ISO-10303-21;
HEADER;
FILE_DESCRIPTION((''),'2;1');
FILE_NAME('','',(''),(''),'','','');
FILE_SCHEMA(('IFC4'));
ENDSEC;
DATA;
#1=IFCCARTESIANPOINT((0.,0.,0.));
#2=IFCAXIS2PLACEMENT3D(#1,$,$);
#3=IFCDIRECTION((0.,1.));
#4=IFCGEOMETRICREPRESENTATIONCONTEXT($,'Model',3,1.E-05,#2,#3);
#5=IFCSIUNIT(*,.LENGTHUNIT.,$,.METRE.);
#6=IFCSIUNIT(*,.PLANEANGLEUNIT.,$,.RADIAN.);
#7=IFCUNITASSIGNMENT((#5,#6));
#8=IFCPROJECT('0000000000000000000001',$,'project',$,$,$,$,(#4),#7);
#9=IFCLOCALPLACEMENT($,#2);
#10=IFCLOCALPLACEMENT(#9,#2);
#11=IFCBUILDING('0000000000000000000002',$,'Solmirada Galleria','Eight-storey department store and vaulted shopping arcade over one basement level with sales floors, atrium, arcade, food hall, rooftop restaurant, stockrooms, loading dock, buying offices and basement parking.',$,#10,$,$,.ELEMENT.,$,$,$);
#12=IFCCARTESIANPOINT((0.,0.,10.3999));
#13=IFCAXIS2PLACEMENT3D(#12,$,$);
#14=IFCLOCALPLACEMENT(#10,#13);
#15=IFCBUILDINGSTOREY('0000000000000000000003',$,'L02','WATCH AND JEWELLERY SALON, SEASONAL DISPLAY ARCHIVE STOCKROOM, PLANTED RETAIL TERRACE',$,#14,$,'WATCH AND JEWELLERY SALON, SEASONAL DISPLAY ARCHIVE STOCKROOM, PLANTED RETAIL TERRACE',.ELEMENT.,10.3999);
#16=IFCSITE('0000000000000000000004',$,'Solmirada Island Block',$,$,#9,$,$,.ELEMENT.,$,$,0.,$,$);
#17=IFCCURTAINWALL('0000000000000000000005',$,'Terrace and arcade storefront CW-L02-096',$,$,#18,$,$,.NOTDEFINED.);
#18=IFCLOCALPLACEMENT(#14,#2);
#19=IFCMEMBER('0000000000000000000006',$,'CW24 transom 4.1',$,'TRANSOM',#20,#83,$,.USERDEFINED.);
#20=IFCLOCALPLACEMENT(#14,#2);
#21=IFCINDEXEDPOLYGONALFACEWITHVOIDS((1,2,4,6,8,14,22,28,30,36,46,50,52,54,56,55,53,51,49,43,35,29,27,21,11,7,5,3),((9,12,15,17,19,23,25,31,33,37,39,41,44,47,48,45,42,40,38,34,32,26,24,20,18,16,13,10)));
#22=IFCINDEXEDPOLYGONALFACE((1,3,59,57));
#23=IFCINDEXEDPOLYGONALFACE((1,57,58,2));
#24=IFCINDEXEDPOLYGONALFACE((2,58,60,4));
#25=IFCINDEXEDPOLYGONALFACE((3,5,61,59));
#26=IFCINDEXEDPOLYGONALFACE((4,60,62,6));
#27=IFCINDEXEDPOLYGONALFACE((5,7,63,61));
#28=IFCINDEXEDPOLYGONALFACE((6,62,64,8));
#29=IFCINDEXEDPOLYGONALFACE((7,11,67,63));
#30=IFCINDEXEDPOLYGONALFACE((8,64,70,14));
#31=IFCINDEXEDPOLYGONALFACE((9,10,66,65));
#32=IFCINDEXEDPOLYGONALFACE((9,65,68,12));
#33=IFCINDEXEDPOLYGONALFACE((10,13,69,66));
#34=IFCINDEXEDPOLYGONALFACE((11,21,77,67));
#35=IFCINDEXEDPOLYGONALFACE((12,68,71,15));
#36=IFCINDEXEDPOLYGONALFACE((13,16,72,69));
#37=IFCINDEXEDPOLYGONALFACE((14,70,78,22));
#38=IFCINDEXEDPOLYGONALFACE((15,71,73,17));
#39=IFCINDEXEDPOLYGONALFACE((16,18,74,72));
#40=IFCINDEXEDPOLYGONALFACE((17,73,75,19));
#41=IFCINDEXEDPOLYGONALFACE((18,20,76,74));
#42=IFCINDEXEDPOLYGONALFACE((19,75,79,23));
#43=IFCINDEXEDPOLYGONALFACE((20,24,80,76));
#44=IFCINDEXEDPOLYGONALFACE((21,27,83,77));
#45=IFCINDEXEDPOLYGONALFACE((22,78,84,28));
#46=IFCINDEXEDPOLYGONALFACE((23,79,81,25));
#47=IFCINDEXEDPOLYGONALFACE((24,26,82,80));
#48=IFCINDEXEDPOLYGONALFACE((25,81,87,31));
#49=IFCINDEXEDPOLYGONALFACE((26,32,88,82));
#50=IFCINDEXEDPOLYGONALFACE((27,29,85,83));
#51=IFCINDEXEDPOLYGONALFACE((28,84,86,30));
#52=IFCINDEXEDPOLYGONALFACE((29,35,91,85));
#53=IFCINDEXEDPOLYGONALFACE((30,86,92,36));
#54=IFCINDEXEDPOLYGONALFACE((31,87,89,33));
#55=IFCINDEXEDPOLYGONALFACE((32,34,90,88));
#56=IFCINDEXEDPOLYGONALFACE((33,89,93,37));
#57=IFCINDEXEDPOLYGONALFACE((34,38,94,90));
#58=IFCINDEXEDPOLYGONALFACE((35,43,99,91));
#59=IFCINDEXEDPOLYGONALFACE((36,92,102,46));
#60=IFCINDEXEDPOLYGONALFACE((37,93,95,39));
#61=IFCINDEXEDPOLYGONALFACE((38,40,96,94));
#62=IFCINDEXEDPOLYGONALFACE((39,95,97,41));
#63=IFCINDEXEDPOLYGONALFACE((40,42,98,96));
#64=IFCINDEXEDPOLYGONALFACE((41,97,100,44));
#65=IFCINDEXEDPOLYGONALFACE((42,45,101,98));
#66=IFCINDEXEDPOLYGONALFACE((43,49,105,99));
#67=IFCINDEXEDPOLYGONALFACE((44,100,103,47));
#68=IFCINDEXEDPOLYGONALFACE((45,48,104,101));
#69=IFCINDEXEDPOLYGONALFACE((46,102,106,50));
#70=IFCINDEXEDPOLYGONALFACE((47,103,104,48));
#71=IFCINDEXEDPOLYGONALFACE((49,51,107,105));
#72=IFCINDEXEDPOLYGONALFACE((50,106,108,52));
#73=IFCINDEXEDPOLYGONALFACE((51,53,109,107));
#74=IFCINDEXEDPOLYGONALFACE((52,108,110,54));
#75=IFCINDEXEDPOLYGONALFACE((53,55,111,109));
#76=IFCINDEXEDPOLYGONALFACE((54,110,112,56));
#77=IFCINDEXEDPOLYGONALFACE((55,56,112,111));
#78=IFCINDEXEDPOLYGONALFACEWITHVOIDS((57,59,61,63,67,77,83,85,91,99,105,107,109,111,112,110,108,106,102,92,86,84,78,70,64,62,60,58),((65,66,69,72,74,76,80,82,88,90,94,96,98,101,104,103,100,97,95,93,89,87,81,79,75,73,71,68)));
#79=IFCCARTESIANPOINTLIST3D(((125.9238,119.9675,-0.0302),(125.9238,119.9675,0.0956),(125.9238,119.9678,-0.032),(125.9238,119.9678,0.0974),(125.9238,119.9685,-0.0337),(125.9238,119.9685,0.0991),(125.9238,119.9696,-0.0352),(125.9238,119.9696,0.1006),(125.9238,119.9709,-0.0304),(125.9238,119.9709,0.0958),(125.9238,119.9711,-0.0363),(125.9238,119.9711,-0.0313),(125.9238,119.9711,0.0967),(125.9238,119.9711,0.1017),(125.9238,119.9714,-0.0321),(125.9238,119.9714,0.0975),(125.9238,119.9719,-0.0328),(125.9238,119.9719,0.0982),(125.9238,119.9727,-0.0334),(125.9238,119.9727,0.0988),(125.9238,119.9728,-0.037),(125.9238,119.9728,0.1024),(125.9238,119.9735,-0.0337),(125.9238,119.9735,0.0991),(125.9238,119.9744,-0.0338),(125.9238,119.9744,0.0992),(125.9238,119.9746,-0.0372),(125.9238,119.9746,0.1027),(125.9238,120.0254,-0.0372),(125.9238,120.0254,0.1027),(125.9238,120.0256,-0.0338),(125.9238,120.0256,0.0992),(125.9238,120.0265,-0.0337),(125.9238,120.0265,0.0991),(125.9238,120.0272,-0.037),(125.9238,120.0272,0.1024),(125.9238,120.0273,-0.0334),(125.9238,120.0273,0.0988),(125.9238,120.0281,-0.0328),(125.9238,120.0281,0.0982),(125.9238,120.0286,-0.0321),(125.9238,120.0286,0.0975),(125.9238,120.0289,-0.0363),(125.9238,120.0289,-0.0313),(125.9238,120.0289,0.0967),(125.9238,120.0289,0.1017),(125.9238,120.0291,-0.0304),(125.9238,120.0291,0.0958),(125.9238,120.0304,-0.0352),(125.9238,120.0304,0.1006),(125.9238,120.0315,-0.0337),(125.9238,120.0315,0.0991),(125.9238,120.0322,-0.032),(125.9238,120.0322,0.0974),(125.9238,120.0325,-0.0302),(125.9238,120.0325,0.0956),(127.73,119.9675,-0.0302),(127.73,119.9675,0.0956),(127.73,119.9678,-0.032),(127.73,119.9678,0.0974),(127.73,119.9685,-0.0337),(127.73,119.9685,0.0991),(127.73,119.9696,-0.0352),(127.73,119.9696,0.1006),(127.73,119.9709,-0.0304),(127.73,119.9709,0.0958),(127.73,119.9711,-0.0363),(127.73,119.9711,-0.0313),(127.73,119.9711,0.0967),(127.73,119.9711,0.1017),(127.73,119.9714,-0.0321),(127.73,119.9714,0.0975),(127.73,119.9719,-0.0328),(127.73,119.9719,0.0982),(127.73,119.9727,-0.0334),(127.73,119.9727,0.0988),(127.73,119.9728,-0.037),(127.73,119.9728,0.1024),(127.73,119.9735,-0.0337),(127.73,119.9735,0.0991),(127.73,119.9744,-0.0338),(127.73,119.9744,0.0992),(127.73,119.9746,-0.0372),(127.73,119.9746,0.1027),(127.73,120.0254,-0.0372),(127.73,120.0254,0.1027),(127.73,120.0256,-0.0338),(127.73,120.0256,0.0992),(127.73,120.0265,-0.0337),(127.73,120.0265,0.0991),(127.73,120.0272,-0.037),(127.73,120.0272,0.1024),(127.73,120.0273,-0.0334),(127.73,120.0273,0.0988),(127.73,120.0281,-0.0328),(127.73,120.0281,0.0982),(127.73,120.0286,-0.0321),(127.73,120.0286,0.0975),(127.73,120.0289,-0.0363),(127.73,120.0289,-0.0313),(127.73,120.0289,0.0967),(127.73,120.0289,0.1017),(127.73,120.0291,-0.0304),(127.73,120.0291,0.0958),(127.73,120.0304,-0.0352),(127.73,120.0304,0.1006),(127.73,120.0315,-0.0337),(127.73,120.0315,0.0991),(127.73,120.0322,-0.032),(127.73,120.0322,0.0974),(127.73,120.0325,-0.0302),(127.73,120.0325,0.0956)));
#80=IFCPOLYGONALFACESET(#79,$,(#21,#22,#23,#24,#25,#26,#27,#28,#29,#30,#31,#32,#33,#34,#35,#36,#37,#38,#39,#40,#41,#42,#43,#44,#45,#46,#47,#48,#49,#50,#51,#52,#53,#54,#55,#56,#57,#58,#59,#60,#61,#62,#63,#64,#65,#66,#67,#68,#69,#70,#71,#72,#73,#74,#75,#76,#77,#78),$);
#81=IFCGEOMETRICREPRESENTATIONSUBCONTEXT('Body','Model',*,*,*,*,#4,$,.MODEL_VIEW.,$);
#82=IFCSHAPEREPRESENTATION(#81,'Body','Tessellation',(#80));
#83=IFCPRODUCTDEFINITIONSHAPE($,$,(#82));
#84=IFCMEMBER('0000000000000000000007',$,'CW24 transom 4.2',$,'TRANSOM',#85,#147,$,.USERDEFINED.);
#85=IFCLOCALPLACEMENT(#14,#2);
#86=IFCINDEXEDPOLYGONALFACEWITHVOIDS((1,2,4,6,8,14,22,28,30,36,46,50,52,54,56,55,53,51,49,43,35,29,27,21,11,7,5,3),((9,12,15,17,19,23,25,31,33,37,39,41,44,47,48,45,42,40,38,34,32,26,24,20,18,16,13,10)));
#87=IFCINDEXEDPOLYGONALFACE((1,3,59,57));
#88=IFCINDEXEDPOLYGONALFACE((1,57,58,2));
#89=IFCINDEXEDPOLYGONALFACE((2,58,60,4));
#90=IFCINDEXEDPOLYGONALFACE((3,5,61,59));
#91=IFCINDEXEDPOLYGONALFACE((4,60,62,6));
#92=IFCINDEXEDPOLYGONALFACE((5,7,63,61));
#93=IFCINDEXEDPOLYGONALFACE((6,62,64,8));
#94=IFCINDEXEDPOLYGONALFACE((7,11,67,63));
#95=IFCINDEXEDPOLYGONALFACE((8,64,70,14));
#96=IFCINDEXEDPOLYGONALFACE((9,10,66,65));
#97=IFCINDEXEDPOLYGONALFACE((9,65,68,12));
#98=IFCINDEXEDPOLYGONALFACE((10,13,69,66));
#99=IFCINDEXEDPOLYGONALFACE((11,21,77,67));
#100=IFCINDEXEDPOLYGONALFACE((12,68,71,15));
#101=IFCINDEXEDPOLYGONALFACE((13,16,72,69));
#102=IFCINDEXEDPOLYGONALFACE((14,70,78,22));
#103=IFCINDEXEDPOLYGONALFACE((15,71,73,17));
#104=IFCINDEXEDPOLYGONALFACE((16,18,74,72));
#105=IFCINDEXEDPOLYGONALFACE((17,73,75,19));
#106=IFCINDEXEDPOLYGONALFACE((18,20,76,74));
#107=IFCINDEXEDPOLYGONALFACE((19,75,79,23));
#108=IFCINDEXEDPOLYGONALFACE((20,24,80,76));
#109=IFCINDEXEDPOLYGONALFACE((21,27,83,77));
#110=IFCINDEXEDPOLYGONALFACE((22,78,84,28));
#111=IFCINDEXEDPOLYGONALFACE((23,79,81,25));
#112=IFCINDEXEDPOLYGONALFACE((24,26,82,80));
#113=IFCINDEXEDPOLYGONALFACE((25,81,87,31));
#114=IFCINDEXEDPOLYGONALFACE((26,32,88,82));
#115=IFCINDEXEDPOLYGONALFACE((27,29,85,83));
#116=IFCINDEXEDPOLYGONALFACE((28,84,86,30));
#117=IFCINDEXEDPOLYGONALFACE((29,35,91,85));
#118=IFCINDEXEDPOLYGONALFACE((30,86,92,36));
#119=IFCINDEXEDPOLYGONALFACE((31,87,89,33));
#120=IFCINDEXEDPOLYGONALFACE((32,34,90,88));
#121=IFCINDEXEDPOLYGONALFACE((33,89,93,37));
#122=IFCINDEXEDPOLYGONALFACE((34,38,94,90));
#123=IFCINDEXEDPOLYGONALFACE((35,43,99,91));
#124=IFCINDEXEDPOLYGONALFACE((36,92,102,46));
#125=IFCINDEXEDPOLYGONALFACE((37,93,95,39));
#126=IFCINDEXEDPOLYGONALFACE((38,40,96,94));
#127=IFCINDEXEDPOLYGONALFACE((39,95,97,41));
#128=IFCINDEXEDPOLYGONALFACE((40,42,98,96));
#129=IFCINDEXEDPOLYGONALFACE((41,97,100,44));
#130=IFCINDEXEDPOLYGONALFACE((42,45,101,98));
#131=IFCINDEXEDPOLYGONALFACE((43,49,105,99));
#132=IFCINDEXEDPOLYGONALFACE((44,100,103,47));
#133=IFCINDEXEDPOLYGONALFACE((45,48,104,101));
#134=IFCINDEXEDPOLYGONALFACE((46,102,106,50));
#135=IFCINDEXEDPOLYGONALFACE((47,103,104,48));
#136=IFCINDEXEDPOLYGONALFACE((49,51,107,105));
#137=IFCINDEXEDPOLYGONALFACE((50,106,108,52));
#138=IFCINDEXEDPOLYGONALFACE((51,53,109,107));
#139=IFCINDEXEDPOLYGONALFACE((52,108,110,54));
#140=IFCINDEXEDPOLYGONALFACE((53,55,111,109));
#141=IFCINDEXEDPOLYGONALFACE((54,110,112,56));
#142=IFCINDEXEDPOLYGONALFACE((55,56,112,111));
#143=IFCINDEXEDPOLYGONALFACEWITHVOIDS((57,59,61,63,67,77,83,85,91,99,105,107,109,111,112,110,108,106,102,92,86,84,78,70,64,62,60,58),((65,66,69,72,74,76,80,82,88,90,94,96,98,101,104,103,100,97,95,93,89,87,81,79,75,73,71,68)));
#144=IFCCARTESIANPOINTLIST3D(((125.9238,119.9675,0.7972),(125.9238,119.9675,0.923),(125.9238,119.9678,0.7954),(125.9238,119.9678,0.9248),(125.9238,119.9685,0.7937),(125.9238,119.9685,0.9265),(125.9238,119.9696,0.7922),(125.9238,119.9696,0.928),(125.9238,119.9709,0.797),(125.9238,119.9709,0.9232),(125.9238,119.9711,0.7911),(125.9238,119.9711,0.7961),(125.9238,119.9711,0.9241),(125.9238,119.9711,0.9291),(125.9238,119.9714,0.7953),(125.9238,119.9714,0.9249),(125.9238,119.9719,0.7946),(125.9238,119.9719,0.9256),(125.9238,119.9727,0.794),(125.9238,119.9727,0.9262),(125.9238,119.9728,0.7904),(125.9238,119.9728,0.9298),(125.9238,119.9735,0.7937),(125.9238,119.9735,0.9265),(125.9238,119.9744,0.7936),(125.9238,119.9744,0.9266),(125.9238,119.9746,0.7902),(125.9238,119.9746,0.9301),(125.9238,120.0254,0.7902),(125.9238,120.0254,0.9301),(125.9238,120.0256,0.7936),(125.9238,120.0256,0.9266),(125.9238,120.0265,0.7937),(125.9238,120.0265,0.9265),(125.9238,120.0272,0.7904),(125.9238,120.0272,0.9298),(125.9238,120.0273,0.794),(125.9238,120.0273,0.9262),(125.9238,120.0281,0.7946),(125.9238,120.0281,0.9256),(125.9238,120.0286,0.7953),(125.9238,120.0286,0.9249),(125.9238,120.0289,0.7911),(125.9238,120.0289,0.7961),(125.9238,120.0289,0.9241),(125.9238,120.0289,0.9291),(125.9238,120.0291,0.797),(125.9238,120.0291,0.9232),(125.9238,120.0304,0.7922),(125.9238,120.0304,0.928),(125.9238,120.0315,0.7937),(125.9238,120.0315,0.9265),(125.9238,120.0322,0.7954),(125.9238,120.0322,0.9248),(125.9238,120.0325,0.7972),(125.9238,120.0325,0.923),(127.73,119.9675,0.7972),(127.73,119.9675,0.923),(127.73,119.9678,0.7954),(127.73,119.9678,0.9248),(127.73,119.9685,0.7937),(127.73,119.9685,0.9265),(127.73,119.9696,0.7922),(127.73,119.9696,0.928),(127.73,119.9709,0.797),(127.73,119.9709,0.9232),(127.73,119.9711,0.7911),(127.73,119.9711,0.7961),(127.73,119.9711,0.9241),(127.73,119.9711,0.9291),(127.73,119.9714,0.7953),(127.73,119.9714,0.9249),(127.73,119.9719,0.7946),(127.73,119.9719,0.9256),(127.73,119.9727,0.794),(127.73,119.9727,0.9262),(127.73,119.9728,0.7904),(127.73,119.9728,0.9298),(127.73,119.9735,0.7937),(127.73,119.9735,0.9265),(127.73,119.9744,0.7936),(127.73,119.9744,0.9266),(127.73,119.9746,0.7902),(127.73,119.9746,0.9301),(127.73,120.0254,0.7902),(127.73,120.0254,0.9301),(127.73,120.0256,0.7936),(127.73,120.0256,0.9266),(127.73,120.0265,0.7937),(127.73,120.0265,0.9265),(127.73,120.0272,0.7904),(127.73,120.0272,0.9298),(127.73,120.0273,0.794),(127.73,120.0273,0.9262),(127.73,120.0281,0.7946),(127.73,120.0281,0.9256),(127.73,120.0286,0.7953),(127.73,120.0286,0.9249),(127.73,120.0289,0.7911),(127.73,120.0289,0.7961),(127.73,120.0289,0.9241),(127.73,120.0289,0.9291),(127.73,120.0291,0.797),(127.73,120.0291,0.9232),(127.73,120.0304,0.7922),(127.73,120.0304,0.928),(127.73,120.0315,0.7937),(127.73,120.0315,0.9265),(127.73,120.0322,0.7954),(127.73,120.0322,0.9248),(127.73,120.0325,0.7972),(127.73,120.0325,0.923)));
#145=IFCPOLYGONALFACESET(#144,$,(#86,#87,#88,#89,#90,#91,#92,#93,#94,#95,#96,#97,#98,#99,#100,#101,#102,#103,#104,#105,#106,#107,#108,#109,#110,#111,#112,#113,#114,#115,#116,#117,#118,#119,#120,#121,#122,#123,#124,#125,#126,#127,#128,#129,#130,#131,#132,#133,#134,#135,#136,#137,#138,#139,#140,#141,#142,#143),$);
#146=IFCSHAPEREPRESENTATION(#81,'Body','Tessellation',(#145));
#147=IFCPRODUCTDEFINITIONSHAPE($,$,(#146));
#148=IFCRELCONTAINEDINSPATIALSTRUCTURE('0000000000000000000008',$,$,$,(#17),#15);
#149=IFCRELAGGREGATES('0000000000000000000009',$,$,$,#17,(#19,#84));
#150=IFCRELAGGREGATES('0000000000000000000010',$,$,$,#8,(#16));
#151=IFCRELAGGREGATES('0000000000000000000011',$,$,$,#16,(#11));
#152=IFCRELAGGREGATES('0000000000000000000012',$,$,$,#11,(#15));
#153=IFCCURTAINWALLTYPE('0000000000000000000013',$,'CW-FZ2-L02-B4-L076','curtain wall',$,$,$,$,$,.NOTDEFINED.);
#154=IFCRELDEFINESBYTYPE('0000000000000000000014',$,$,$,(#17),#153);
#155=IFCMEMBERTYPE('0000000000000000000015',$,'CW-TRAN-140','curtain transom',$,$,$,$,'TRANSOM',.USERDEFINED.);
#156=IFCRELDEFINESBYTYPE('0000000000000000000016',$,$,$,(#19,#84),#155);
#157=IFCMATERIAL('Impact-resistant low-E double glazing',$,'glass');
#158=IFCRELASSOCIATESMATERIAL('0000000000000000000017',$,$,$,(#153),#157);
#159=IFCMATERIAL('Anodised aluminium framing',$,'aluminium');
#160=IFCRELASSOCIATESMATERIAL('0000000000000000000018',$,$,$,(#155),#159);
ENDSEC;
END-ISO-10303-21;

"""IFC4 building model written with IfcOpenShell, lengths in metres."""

from ifc_helpers import new_model, si_unit, direction, frame, origin, origin_2d, place, context, subcontext, project, spatial, hollow_rectangle, extrude, material, material_profile, profile_set, type_object, element, aggregate, save


model = new_model("IFC4")

# Units and contexts
model_context = context("Model", 3, precision=1e-05, world=origin(), true_north=direction((0.0, 1.0)))
body_context = subcontext(model_context, "Body", "Model", "MODEL_VIEW")
ifc_project = project(units=[si_unit("LENGTHUNIT", "METRE"), si_unit("PLANEANGLEUNIT", "RADIAN")], contexts=[model_context])

# Site, building, storey
site_placement = place(None, origin())
site = spatial("IfcSite", under=ifc_project, at=site_placement, Name="Solmirada Island Block", CompositionType="ELEMENT", RefElevation=0.0)
building_placement = place(site_placement, origin())
building = spatial("IfcBuilding", under=site, at=building_placement, Name="Solmirada Galleria", Description="Eight-storey department store and vaulted shopping arcade over one basement level with sales floors, atrium, arcade, food hall, rooftop restaurant, stockrooms, loading dock, buying offices and basement parking.", CompositionType="ELEMENT")
storey_placement = place(building_placement, frame((0.0, 0.0, 10.3999)))
storey = spatial("IfcBuildingStorey", under=building, at=storey_placement, Name="L02", Description="WATCH AND JEWELLERY SALON, SEASONAL DISPLAY ARCHIVE STOCKROOM, PLANTED RETAIL TERRACE", LongName="WATCH AND JEWELLERY SALON, SEASONAL DISPLAY ARCHIVE STOCKROOM, PLANTED RETAIL TERRACE", CompositionType="ELEMENT", Elevation=10.3999)

# Shared definitions
ifc_material_1 = material(Name="Impact-resistant low-E double glazing", Category="glass")
ifc_material_2 = material(Name="Anodised aluminium framing", Category="aluminium")

# Curtain wall, members
curtain_wall_type_1 = type_object("IfcCurtainWallType", Name="CW-FZ2-L02-B4-L076", Description="curtain wall", PredefinedType="NOTDEFINED", material=ifc_material_1)
curtain_wall_1_placement = place(storey_placement, origin())
curtain_wall_1 = element("IfcCurtainWall", 1, at=curtain_wall_1_placement, inside=storey, type_object=curtain_wall_type_1, Name="Terrace and arcade storefront CW-L02-096", PredefinedType="NOTDEFINED")
ifc_material_profile_1 = material_profile(ifc_material_2, hollow_rectangle(XDim=0.0649, YDim=0.1399, WallThickness=0.0034, InnerFilletRadius=0.0034, OuterFilletRadius=0.0071, at=origin_2d()), Name="ALU-TRAN-140X65")
ifc_profile_set_1 = profile_set([ifc_material_profile_1], Name="Anodised aluminium framing")
member_type_1 = type_object("IfcMemberType", Name="CW-TRAN-140", Description="curtain transom", ElementType="TRANSOM", PredefinedType="USERDEFINED", material=ifc_profile_set_1)
member_1_placement = place(storey_placement, frame((125.9238, 120.0, 0.0327), z_axis=(1.0, 0.0, 0.0), x_axis=(0.0, 1.0, 0.0)))
member_1 = element("IfcMember", 2, at=member_1_placement, type_object=member_type_1, Name="CW24 transom 4.1", ObjectType="TRANSOM", PredefinedType="USERDEFINED", context=body_context, shape_type="SweptSolid", body=[
    extrude(hollow_rectangle(XDim=0.0649, YDim=0.1399, WallThickness=0.0034, InnerFilletRadius=0.0034, OuterFilletRadius=0.0071, at=origin_2d()), origin(), (0.0, 0.0, 1.0), 1.8062),
])
member_2_placement = place(storey_placement, frame((125.9238, 120.0, 0.8601), z_axis=(1.0, 0.0, 0.0), x_axis=(0.0, 1.0, 0.0)))
member_2 = element("IfcMember", 3, at=member_2_placement, type_object=member_type_1, Name="CW24 transom 4.2", ObjectType="TRANSOM", PredefinedType="USERDEFINED", context=body_context, shape_type="SweptSolid", body=[
    extrude(hollow_rectangle(XDim=0.0649, YDim=0.1399, WallThickness=0.0034, InnerFilletRadius=0.0034, OuterFilletRadius=0.0071, at=origin_2d()), origin(), (0.0, 0.0, 1.0), 1.8062),
])
aggregate(curtain_wall_1, [member_1, member_2])

save(model, "model.ifc")
